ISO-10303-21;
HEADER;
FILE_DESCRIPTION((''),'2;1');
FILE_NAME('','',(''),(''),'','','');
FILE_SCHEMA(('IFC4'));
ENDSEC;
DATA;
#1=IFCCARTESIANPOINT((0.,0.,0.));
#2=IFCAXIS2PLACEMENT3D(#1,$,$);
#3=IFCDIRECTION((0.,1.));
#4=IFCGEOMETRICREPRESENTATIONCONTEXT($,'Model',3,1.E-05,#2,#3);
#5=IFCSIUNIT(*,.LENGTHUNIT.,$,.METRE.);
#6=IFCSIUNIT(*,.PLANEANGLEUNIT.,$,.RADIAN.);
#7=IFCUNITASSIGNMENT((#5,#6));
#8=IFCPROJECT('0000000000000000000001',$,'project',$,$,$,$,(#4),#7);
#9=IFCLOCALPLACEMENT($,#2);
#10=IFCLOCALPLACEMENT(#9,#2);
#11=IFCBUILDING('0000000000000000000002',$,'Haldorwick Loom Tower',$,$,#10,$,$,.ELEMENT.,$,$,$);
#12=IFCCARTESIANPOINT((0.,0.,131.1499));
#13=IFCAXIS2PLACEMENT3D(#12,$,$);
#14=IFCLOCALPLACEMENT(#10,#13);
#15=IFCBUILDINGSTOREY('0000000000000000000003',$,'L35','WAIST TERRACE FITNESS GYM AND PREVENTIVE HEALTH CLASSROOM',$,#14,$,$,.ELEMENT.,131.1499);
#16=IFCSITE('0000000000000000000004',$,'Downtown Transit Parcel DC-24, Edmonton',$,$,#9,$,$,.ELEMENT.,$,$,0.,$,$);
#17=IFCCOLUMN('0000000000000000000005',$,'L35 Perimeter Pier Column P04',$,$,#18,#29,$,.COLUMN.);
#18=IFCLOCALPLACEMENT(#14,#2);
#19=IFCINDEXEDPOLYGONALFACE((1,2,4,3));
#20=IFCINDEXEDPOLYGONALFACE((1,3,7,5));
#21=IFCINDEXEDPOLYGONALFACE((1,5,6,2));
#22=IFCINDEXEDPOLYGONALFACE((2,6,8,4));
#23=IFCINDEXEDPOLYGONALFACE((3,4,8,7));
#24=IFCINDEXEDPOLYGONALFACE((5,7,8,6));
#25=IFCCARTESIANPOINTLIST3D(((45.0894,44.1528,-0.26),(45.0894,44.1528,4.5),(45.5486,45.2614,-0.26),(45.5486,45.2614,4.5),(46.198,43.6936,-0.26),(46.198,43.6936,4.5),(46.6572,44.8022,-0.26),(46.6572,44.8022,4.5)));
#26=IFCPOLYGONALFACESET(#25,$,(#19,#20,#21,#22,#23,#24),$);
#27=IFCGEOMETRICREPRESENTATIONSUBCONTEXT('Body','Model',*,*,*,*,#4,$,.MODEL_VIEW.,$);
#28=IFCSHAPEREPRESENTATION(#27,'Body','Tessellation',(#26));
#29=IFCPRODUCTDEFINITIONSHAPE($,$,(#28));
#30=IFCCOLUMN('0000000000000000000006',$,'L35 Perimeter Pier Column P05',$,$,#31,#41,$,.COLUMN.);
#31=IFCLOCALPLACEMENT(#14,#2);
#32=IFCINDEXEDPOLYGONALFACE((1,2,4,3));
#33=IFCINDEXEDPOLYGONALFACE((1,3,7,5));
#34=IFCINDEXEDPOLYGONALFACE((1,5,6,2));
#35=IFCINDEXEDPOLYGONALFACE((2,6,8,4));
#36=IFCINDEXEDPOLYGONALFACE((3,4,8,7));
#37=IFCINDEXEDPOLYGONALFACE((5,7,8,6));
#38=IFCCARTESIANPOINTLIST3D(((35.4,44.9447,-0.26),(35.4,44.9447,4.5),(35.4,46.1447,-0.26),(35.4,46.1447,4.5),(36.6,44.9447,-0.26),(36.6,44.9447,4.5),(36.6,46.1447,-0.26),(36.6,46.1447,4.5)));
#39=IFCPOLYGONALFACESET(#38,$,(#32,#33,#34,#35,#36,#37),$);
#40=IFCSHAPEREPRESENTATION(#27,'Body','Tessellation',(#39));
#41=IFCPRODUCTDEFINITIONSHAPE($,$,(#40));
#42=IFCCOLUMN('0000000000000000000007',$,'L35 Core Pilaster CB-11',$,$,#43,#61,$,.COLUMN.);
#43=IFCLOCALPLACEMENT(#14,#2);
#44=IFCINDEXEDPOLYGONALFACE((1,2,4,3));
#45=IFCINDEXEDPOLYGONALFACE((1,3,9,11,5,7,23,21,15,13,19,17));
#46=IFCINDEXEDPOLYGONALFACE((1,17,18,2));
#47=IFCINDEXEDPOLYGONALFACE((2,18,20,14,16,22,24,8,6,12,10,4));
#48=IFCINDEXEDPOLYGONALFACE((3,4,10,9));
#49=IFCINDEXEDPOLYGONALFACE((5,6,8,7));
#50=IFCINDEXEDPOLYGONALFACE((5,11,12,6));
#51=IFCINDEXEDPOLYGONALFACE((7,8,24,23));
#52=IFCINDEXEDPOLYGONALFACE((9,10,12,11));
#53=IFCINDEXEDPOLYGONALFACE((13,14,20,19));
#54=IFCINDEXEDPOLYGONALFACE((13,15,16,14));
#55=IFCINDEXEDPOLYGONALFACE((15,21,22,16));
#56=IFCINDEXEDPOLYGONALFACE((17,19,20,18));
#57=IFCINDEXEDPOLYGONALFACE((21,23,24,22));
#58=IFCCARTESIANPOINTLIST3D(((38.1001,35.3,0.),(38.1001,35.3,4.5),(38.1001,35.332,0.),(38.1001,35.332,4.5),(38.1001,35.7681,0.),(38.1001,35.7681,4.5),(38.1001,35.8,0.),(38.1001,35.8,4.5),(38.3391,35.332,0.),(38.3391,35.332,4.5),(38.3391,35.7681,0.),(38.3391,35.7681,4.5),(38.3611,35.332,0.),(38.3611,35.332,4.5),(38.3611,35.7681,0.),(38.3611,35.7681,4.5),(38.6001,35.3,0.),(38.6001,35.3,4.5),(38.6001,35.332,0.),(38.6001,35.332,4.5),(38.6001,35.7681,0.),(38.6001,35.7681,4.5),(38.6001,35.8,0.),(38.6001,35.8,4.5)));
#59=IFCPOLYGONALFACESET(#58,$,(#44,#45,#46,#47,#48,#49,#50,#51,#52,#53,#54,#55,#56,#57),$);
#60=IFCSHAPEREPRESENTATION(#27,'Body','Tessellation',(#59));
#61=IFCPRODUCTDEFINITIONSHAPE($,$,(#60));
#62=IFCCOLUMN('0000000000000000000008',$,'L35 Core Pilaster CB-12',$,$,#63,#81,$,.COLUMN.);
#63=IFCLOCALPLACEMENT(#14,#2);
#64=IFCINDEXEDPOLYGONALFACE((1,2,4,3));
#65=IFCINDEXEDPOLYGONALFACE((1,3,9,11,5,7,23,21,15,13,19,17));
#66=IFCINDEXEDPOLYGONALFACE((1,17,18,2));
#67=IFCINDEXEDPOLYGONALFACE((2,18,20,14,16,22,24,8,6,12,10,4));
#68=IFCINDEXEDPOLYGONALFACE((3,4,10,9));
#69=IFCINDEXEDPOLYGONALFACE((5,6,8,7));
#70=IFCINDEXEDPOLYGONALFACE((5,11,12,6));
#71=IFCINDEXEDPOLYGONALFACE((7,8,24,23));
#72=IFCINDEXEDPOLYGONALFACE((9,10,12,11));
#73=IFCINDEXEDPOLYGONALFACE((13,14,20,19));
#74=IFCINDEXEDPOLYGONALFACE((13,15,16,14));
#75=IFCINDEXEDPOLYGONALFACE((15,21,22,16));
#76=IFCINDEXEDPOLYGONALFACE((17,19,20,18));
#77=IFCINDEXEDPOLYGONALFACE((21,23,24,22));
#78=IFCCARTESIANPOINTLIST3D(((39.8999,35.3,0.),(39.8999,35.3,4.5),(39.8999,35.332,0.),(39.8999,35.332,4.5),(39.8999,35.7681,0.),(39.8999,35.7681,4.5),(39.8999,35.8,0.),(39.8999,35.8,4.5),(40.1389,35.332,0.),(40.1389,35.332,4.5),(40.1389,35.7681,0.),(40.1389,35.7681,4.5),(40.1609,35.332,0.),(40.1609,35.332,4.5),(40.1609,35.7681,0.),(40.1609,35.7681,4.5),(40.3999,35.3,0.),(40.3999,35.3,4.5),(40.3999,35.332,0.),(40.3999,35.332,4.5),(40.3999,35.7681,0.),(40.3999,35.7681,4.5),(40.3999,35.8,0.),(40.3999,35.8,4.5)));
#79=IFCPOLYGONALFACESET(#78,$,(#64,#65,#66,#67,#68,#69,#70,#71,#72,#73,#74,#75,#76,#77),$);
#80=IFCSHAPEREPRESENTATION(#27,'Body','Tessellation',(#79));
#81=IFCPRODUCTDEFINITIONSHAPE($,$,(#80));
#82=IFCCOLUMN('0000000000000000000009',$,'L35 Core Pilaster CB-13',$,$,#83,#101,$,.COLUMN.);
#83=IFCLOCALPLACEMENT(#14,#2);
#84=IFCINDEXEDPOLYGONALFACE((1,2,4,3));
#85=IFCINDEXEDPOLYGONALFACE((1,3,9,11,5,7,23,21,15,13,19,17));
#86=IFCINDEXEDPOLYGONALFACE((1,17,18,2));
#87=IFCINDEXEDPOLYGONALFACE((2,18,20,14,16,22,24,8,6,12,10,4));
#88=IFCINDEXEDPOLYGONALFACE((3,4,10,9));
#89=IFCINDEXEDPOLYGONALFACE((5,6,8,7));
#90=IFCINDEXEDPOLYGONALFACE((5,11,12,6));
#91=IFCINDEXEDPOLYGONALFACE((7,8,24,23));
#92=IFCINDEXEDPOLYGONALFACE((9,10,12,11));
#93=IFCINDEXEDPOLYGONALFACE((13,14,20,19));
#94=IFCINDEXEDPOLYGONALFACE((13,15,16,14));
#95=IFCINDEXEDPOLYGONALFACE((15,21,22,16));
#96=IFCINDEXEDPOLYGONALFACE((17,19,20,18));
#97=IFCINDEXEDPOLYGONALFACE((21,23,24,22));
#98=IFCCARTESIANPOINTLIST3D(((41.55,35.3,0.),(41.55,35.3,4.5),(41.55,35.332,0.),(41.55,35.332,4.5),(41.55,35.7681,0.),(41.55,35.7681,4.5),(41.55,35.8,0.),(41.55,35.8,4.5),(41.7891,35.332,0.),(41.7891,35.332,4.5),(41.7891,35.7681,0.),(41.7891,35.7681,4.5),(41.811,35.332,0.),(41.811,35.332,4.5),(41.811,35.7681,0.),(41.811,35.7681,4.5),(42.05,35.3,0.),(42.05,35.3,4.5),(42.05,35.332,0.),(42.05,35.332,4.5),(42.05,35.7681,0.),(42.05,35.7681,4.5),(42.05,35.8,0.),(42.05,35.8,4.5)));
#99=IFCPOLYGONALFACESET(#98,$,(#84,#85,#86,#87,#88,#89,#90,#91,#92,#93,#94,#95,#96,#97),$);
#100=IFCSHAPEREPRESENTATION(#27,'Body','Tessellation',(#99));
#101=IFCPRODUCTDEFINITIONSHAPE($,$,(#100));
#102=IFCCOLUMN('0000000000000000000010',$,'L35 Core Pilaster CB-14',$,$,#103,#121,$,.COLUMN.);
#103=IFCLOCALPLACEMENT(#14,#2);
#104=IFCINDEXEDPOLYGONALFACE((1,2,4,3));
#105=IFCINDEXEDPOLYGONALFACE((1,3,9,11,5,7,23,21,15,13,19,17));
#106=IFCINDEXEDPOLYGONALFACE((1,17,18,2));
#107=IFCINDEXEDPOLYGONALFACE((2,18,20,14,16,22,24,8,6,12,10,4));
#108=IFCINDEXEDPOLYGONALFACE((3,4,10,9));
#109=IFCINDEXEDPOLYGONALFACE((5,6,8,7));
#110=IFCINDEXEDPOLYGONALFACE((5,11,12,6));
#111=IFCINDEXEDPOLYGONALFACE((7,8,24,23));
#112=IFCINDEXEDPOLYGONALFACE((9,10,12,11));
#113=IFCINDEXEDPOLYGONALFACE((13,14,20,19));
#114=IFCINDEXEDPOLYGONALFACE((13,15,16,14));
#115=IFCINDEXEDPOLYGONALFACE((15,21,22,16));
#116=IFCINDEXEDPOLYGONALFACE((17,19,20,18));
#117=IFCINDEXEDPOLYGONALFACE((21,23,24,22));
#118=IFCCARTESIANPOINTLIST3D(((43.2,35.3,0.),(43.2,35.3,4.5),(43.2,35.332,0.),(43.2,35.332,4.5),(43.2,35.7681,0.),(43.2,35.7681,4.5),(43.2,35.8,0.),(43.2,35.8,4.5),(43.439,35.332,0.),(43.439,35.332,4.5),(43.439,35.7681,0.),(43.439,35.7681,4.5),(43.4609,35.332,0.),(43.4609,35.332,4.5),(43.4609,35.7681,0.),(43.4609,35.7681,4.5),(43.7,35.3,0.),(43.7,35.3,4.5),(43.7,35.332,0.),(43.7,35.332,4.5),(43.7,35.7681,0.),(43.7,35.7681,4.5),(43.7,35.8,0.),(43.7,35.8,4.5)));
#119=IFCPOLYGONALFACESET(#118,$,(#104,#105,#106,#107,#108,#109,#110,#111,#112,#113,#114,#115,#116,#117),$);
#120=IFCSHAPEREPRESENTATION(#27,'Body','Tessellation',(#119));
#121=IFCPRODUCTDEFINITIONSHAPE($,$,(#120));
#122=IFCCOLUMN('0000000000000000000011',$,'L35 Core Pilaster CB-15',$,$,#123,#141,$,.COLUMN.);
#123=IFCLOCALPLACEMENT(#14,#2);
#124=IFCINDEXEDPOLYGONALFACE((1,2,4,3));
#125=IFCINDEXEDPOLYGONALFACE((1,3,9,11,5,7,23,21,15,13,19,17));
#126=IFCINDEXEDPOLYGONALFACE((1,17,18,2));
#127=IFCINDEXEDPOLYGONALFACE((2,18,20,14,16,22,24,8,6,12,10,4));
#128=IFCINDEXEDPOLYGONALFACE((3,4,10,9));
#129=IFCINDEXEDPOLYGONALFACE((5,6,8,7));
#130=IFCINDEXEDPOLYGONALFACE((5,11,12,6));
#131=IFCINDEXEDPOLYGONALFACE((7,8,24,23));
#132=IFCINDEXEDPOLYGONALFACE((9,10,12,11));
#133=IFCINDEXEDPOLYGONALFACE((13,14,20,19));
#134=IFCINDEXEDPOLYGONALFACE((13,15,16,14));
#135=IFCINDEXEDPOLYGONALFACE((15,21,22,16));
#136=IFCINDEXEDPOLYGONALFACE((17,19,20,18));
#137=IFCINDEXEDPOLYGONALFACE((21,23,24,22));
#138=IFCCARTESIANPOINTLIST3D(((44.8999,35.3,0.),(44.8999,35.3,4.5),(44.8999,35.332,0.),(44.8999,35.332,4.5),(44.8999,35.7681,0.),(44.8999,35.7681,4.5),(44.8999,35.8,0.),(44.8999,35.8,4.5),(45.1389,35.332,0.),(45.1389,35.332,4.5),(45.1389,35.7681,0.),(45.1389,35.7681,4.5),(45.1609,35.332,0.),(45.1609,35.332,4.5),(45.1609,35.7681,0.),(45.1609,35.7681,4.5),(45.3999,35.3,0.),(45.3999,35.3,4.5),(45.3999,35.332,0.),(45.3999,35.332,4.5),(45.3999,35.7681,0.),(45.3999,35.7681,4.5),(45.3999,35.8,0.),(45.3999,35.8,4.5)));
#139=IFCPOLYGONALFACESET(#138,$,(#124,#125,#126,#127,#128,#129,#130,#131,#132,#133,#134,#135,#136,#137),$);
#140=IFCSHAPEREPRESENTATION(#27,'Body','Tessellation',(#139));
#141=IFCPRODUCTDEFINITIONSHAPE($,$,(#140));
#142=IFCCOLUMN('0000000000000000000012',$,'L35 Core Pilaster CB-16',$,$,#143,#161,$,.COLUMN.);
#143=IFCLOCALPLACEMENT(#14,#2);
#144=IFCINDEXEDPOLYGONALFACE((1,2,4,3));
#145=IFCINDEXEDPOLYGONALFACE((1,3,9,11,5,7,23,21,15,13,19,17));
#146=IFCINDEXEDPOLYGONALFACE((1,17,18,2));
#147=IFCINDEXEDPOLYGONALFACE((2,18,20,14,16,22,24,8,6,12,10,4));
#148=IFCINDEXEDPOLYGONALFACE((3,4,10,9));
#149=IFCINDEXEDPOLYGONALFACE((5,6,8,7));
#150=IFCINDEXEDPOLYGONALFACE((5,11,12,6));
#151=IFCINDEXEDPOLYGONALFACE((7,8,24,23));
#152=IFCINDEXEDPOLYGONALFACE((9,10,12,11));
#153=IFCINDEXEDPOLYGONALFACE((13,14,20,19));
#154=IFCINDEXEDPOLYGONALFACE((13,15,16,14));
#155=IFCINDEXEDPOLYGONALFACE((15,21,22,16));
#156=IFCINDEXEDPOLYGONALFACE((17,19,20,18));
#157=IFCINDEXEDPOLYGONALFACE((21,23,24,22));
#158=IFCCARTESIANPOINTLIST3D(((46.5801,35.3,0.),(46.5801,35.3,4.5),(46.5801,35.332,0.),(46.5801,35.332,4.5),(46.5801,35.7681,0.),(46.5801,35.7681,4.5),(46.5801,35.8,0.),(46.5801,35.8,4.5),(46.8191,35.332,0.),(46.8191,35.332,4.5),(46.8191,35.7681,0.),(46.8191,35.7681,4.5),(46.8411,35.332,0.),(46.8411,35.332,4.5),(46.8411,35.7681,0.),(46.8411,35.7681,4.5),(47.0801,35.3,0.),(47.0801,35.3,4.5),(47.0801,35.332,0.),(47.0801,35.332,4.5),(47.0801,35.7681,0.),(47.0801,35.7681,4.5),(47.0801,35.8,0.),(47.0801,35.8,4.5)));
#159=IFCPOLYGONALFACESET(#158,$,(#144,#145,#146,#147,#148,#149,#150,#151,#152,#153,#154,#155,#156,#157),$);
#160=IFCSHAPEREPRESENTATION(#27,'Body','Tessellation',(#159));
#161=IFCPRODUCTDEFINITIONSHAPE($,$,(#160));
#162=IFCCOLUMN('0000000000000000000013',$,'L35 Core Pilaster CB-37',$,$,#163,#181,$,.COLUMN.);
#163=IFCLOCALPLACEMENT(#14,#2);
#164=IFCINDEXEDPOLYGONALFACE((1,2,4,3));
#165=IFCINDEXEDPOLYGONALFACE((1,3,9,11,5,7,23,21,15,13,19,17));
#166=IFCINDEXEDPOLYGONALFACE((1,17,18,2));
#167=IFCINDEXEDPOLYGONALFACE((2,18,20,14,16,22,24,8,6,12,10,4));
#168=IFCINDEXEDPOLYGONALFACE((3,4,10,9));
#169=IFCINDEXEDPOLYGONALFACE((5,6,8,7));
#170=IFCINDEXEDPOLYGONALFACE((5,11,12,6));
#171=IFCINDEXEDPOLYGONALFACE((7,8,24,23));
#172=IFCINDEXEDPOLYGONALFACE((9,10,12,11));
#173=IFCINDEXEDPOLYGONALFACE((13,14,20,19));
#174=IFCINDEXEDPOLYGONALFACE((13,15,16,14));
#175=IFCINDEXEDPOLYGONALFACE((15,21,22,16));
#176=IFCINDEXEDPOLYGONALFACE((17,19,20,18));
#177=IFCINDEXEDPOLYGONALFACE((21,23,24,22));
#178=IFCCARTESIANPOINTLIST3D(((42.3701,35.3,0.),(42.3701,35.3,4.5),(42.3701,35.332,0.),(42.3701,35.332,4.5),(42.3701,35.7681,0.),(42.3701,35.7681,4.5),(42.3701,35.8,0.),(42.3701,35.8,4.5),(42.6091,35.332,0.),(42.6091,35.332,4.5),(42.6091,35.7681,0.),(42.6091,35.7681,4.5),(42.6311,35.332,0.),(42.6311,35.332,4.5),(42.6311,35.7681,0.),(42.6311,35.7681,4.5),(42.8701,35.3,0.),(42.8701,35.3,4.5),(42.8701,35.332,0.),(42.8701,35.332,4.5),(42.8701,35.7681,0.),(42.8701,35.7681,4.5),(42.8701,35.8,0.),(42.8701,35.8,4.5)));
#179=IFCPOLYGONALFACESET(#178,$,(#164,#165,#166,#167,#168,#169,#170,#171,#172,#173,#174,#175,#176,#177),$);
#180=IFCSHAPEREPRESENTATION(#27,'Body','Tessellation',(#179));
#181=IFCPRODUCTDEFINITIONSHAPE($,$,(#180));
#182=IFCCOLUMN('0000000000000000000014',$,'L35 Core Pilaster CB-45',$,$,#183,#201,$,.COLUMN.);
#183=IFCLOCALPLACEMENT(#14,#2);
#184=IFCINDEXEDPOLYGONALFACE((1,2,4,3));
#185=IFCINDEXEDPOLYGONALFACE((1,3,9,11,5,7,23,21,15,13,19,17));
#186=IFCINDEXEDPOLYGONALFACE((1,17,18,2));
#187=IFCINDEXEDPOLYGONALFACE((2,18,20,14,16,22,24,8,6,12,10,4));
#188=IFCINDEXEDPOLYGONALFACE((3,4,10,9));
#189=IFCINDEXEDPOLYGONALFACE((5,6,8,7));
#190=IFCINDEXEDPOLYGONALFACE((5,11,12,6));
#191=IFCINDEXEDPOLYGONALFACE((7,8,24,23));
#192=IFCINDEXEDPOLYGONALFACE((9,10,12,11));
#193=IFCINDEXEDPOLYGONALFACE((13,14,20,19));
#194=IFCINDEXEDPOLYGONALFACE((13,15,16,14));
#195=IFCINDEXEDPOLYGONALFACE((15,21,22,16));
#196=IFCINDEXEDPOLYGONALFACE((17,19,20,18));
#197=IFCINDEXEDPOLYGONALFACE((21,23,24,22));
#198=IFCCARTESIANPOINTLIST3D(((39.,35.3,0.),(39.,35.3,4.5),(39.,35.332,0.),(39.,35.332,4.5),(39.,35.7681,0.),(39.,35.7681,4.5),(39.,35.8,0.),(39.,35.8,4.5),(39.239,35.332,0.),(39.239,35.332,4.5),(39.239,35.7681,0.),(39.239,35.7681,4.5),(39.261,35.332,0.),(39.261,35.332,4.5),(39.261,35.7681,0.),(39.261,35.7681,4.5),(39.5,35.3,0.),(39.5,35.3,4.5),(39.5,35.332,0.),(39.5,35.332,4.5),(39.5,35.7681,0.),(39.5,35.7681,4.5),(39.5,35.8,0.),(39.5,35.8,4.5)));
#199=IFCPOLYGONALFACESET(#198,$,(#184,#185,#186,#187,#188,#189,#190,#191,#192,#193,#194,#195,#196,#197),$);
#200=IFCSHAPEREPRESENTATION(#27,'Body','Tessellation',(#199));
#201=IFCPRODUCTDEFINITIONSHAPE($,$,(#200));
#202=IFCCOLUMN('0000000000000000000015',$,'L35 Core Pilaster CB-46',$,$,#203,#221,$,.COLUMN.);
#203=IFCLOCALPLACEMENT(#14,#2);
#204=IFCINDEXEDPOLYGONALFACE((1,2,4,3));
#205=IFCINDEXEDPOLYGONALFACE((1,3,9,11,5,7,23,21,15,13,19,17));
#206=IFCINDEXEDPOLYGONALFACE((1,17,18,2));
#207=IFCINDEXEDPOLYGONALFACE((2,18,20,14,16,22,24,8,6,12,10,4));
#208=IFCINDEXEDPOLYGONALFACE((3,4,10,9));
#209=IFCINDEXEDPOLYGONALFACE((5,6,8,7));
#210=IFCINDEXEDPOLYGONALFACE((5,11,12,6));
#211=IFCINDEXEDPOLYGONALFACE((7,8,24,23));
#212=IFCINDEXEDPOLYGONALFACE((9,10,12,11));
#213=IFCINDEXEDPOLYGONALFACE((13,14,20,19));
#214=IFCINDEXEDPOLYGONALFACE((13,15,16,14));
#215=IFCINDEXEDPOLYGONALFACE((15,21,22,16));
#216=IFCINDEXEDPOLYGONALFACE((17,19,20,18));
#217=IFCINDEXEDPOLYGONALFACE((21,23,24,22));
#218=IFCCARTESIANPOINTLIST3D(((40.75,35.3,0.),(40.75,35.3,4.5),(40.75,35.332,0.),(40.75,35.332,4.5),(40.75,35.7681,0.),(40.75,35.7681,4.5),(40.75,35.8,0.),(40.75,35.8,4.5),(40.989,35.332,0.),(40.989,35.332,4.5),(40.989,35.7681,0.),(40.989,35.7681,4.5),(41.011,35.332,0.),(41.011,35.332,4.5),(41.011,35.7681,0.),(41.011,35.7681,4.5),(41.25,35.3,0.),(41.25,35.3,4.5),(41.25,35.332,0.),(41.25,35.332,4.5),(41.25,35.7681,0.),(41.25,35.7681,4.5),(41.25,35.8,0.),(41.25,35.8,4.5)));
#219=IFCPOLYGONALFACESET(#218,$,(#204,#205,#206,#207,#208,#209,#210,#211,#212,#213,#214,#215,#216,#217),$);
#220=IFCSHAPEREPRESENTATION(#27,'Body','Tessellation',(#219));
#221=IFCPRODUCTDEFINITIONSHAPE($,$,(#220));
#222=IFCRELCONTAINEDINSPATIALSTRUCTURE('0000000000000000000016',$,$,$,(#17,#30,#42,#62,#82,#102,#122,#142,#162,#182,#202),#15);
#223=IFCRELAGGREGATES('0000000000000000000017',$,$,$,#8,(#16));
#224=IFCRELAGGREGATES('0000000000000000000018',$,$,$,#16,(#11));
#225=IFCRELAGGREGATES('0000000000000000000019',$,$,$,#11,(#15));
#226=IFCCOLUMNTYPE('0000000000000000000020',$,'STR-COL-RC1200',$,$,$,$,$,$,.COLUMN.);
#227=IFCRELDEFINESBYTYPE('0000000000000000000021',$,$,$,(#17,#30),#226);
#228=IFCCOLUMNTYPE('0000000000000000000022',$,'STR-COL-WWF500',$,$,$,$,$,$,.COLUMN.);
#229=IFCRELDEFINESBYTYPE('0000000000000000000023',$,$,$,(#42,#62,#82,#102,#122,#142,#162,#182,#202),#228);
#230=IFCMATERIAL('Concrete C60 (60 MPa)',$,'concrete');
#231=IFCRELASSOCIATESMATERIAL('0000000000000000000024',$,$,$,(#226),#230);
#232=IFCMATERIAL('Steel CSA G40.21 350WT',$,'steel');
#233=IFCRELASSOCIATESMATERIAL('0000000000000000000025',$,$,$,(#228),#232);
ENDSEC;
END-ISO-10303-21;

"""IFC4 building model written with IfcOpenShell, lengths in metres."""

from ifc_helpers import new_model, si_unit, direction, frame, origin, origin_2d, place, context, subcontext, project, spatial, rectangle, i_section, extrude, material, material_profile, profile_set, type_object, element, save


model = new_model("IFC4")

# Units and contexts
model_context = context("Model", 3, precision=1e-05, world=origin(), true_north=direction((0.0, 1.0)))
body_context = subcontext(model_context, "Body", "Model", "MODEL_VIEW")
ifc_project = project(units=[si_unit("LENGTHUNIT", "METRE"), si_unit("PLANEANGLEUNIT", "RADIAN")], contexts=[model_context])

# Site, building, storey
site_placement = place(None, origin())
site = spatial("IfcSite", under=ifc_project, at=site_placement, Name="Downtown Transit Parcel DC-24, Edmonton", CompositionType="ELEMENT", RefElevation=0.0)
building_placement = place(site_placement, origin())
building = spatial("IfcBuilding", under=site, at=building_placement, Name="Haldorwick Loom Tower", CompositionType="ELEMENT")
storey_placement = place(building_placement, frame((0.0, 0.0, 131.1499)))
storey = spatial("IfcBuildingStorey", under=building, at=storey_placement, Name="L35", Description="WAIST TERRACE FITNESS GYM AND PREVENTIVE HEALTH CLASSROOM", CompositionType="ELEMENT", Elevation=131.1499)

# Columns
ifc_material_1 = material(Name="Concrete C60 (60 MPa)", Category="concrete")
ifc_material_profile_1 = material_profile(ifc_material_1, rectangle(XDim=1.2, YDim=1.2, at=origin_2d()), Name="RC1200X1200", Category="concrete")
ifc_profile_set_1 = profile_set([ifc_material_profile_1], Name="Concrete C60 (60 MPa)")
column_type_1 = type_object("IfcColumnType", Name="STR-COL-RC1200", PredefinedType="COLUMN", material=ifc_profile_set_1)
for number, where, z_axis, x_axis, name in (
    (1, (45.8733, 44.4775, -0.26), (0.0, 0.0, 1.0), (0.382683, 0.92388, 0.0), "L35 Perimeter Pier Column P04"),
    (2, (36.0, 45.5447, -0.26), (0.0, 0.0, 1.0), (0.0, 1.0, 0.0), "L35 Perimeter Pier Column P05"),
):
    element("IfcColumn", number, at=place(storey_placement, frame(where, z_axis=z_axis, x_axis=x_axis)), inside=storey, type_object=column_type_1, Name=name, PredefinedType="COLUMN", context=body_context, shape_type="SweptSolid", body=[
        extrude(rectangle(XDim=1.2, YDim=1.2, at=origin_2d()), origin(), (0.0, 0.0, 1.0), 4.76),
    ])
ifc_material_2 = material(Name="Steel CSA G40.21 350WT", Category="steel")
ifc_material_profile_2 = material_profile(ifc_material_2, i_section(OverallWidth=0.5, OverallDepth=0.5, WebThickness=0.022, FlangeThickness=0.032, at=origin_2d()), Name="WWF500X500", Category="steel")
ifc_profile_set_2 = profile_set([ifc_material_profile_2], Name="Steel CSA G40.21 350WT")
column_type_2 = type_object("IfcColumnType", Name="STR-COL-WWF500", PredefinedType="COLUMN", material=ifc_profile_set_2)
for number, where, z_axis, x_axis, name in (
    (3, (38.3501, 35.55, 0.0), (0.0, 0.0, 1.0), (1.0, 0.0, 0.0), "L35 Core Pilaster CB-11"),
    (4, (40.1499, 35.55, 0.0), (0.0, 0.0, 1.0), (1.0, 0.0, 0.0), "L35 Core Pilaster CB-12"),
    (5, (41.8, 35.55, 0.0), (0.0, 0.0, 1.0), (1.0, 0.0, 0.0), "L35 Core Pilaster CB-13"),
    (6, (43.45, 35.55, 0.0), (0.0, 0.0, 1.0), (1.0, 0.0, 0.0), "L35 Core Pilaster CB-14"),
    (7, (45.1499, 35.55, 0.0), (0.0, 0.0, 1.0), (1.0, 0.0, 0.0), "L35 Core Pilaster CB-15"),
    (8, (46.8301, 35.55, 0.0), (0.0, 0.0, 1.0), (1.0, 0.0, 0.0), "L35 Core Pilaster CB-16"),
    (9, (42.6201, 35.55, 0.0), (0.0, 0.0, 1.0), (1.0, 0.0, 0.0), "L35 Core Pilaster CB-37"),
    (10, (39.25, 35.55, 0.0), (0.0, 0.0, 1.0), (1.0, 0.0, 0.0), "L35 Core Pilaster CB-45"),
    (11, (41.0, 35.55, 0.0), (0.0, 0.0, 1.0), (1.0, 0.0, 0.0), "L35 Core Pilaster CB-46"),
):
    element("IfcColumn", number, at=place(storey_placement, frame(where, z_axis=z_axis, x_axis=x_axis)), inside=storey, type_object=column_type_2, Name=name, PredefinedType="COLUMN", context=body_context, shape_type="SweptSolid", body=[
        extrude(i_section(OverallWidth=0.5, OverallDepth=0.5, WebThickness=0.022, FlangeThickness=0.032, at=origin_2d()), origin(), (0.0, 0.0, 1.0), 4.5),
    ])

save(model, "model.ifc")
